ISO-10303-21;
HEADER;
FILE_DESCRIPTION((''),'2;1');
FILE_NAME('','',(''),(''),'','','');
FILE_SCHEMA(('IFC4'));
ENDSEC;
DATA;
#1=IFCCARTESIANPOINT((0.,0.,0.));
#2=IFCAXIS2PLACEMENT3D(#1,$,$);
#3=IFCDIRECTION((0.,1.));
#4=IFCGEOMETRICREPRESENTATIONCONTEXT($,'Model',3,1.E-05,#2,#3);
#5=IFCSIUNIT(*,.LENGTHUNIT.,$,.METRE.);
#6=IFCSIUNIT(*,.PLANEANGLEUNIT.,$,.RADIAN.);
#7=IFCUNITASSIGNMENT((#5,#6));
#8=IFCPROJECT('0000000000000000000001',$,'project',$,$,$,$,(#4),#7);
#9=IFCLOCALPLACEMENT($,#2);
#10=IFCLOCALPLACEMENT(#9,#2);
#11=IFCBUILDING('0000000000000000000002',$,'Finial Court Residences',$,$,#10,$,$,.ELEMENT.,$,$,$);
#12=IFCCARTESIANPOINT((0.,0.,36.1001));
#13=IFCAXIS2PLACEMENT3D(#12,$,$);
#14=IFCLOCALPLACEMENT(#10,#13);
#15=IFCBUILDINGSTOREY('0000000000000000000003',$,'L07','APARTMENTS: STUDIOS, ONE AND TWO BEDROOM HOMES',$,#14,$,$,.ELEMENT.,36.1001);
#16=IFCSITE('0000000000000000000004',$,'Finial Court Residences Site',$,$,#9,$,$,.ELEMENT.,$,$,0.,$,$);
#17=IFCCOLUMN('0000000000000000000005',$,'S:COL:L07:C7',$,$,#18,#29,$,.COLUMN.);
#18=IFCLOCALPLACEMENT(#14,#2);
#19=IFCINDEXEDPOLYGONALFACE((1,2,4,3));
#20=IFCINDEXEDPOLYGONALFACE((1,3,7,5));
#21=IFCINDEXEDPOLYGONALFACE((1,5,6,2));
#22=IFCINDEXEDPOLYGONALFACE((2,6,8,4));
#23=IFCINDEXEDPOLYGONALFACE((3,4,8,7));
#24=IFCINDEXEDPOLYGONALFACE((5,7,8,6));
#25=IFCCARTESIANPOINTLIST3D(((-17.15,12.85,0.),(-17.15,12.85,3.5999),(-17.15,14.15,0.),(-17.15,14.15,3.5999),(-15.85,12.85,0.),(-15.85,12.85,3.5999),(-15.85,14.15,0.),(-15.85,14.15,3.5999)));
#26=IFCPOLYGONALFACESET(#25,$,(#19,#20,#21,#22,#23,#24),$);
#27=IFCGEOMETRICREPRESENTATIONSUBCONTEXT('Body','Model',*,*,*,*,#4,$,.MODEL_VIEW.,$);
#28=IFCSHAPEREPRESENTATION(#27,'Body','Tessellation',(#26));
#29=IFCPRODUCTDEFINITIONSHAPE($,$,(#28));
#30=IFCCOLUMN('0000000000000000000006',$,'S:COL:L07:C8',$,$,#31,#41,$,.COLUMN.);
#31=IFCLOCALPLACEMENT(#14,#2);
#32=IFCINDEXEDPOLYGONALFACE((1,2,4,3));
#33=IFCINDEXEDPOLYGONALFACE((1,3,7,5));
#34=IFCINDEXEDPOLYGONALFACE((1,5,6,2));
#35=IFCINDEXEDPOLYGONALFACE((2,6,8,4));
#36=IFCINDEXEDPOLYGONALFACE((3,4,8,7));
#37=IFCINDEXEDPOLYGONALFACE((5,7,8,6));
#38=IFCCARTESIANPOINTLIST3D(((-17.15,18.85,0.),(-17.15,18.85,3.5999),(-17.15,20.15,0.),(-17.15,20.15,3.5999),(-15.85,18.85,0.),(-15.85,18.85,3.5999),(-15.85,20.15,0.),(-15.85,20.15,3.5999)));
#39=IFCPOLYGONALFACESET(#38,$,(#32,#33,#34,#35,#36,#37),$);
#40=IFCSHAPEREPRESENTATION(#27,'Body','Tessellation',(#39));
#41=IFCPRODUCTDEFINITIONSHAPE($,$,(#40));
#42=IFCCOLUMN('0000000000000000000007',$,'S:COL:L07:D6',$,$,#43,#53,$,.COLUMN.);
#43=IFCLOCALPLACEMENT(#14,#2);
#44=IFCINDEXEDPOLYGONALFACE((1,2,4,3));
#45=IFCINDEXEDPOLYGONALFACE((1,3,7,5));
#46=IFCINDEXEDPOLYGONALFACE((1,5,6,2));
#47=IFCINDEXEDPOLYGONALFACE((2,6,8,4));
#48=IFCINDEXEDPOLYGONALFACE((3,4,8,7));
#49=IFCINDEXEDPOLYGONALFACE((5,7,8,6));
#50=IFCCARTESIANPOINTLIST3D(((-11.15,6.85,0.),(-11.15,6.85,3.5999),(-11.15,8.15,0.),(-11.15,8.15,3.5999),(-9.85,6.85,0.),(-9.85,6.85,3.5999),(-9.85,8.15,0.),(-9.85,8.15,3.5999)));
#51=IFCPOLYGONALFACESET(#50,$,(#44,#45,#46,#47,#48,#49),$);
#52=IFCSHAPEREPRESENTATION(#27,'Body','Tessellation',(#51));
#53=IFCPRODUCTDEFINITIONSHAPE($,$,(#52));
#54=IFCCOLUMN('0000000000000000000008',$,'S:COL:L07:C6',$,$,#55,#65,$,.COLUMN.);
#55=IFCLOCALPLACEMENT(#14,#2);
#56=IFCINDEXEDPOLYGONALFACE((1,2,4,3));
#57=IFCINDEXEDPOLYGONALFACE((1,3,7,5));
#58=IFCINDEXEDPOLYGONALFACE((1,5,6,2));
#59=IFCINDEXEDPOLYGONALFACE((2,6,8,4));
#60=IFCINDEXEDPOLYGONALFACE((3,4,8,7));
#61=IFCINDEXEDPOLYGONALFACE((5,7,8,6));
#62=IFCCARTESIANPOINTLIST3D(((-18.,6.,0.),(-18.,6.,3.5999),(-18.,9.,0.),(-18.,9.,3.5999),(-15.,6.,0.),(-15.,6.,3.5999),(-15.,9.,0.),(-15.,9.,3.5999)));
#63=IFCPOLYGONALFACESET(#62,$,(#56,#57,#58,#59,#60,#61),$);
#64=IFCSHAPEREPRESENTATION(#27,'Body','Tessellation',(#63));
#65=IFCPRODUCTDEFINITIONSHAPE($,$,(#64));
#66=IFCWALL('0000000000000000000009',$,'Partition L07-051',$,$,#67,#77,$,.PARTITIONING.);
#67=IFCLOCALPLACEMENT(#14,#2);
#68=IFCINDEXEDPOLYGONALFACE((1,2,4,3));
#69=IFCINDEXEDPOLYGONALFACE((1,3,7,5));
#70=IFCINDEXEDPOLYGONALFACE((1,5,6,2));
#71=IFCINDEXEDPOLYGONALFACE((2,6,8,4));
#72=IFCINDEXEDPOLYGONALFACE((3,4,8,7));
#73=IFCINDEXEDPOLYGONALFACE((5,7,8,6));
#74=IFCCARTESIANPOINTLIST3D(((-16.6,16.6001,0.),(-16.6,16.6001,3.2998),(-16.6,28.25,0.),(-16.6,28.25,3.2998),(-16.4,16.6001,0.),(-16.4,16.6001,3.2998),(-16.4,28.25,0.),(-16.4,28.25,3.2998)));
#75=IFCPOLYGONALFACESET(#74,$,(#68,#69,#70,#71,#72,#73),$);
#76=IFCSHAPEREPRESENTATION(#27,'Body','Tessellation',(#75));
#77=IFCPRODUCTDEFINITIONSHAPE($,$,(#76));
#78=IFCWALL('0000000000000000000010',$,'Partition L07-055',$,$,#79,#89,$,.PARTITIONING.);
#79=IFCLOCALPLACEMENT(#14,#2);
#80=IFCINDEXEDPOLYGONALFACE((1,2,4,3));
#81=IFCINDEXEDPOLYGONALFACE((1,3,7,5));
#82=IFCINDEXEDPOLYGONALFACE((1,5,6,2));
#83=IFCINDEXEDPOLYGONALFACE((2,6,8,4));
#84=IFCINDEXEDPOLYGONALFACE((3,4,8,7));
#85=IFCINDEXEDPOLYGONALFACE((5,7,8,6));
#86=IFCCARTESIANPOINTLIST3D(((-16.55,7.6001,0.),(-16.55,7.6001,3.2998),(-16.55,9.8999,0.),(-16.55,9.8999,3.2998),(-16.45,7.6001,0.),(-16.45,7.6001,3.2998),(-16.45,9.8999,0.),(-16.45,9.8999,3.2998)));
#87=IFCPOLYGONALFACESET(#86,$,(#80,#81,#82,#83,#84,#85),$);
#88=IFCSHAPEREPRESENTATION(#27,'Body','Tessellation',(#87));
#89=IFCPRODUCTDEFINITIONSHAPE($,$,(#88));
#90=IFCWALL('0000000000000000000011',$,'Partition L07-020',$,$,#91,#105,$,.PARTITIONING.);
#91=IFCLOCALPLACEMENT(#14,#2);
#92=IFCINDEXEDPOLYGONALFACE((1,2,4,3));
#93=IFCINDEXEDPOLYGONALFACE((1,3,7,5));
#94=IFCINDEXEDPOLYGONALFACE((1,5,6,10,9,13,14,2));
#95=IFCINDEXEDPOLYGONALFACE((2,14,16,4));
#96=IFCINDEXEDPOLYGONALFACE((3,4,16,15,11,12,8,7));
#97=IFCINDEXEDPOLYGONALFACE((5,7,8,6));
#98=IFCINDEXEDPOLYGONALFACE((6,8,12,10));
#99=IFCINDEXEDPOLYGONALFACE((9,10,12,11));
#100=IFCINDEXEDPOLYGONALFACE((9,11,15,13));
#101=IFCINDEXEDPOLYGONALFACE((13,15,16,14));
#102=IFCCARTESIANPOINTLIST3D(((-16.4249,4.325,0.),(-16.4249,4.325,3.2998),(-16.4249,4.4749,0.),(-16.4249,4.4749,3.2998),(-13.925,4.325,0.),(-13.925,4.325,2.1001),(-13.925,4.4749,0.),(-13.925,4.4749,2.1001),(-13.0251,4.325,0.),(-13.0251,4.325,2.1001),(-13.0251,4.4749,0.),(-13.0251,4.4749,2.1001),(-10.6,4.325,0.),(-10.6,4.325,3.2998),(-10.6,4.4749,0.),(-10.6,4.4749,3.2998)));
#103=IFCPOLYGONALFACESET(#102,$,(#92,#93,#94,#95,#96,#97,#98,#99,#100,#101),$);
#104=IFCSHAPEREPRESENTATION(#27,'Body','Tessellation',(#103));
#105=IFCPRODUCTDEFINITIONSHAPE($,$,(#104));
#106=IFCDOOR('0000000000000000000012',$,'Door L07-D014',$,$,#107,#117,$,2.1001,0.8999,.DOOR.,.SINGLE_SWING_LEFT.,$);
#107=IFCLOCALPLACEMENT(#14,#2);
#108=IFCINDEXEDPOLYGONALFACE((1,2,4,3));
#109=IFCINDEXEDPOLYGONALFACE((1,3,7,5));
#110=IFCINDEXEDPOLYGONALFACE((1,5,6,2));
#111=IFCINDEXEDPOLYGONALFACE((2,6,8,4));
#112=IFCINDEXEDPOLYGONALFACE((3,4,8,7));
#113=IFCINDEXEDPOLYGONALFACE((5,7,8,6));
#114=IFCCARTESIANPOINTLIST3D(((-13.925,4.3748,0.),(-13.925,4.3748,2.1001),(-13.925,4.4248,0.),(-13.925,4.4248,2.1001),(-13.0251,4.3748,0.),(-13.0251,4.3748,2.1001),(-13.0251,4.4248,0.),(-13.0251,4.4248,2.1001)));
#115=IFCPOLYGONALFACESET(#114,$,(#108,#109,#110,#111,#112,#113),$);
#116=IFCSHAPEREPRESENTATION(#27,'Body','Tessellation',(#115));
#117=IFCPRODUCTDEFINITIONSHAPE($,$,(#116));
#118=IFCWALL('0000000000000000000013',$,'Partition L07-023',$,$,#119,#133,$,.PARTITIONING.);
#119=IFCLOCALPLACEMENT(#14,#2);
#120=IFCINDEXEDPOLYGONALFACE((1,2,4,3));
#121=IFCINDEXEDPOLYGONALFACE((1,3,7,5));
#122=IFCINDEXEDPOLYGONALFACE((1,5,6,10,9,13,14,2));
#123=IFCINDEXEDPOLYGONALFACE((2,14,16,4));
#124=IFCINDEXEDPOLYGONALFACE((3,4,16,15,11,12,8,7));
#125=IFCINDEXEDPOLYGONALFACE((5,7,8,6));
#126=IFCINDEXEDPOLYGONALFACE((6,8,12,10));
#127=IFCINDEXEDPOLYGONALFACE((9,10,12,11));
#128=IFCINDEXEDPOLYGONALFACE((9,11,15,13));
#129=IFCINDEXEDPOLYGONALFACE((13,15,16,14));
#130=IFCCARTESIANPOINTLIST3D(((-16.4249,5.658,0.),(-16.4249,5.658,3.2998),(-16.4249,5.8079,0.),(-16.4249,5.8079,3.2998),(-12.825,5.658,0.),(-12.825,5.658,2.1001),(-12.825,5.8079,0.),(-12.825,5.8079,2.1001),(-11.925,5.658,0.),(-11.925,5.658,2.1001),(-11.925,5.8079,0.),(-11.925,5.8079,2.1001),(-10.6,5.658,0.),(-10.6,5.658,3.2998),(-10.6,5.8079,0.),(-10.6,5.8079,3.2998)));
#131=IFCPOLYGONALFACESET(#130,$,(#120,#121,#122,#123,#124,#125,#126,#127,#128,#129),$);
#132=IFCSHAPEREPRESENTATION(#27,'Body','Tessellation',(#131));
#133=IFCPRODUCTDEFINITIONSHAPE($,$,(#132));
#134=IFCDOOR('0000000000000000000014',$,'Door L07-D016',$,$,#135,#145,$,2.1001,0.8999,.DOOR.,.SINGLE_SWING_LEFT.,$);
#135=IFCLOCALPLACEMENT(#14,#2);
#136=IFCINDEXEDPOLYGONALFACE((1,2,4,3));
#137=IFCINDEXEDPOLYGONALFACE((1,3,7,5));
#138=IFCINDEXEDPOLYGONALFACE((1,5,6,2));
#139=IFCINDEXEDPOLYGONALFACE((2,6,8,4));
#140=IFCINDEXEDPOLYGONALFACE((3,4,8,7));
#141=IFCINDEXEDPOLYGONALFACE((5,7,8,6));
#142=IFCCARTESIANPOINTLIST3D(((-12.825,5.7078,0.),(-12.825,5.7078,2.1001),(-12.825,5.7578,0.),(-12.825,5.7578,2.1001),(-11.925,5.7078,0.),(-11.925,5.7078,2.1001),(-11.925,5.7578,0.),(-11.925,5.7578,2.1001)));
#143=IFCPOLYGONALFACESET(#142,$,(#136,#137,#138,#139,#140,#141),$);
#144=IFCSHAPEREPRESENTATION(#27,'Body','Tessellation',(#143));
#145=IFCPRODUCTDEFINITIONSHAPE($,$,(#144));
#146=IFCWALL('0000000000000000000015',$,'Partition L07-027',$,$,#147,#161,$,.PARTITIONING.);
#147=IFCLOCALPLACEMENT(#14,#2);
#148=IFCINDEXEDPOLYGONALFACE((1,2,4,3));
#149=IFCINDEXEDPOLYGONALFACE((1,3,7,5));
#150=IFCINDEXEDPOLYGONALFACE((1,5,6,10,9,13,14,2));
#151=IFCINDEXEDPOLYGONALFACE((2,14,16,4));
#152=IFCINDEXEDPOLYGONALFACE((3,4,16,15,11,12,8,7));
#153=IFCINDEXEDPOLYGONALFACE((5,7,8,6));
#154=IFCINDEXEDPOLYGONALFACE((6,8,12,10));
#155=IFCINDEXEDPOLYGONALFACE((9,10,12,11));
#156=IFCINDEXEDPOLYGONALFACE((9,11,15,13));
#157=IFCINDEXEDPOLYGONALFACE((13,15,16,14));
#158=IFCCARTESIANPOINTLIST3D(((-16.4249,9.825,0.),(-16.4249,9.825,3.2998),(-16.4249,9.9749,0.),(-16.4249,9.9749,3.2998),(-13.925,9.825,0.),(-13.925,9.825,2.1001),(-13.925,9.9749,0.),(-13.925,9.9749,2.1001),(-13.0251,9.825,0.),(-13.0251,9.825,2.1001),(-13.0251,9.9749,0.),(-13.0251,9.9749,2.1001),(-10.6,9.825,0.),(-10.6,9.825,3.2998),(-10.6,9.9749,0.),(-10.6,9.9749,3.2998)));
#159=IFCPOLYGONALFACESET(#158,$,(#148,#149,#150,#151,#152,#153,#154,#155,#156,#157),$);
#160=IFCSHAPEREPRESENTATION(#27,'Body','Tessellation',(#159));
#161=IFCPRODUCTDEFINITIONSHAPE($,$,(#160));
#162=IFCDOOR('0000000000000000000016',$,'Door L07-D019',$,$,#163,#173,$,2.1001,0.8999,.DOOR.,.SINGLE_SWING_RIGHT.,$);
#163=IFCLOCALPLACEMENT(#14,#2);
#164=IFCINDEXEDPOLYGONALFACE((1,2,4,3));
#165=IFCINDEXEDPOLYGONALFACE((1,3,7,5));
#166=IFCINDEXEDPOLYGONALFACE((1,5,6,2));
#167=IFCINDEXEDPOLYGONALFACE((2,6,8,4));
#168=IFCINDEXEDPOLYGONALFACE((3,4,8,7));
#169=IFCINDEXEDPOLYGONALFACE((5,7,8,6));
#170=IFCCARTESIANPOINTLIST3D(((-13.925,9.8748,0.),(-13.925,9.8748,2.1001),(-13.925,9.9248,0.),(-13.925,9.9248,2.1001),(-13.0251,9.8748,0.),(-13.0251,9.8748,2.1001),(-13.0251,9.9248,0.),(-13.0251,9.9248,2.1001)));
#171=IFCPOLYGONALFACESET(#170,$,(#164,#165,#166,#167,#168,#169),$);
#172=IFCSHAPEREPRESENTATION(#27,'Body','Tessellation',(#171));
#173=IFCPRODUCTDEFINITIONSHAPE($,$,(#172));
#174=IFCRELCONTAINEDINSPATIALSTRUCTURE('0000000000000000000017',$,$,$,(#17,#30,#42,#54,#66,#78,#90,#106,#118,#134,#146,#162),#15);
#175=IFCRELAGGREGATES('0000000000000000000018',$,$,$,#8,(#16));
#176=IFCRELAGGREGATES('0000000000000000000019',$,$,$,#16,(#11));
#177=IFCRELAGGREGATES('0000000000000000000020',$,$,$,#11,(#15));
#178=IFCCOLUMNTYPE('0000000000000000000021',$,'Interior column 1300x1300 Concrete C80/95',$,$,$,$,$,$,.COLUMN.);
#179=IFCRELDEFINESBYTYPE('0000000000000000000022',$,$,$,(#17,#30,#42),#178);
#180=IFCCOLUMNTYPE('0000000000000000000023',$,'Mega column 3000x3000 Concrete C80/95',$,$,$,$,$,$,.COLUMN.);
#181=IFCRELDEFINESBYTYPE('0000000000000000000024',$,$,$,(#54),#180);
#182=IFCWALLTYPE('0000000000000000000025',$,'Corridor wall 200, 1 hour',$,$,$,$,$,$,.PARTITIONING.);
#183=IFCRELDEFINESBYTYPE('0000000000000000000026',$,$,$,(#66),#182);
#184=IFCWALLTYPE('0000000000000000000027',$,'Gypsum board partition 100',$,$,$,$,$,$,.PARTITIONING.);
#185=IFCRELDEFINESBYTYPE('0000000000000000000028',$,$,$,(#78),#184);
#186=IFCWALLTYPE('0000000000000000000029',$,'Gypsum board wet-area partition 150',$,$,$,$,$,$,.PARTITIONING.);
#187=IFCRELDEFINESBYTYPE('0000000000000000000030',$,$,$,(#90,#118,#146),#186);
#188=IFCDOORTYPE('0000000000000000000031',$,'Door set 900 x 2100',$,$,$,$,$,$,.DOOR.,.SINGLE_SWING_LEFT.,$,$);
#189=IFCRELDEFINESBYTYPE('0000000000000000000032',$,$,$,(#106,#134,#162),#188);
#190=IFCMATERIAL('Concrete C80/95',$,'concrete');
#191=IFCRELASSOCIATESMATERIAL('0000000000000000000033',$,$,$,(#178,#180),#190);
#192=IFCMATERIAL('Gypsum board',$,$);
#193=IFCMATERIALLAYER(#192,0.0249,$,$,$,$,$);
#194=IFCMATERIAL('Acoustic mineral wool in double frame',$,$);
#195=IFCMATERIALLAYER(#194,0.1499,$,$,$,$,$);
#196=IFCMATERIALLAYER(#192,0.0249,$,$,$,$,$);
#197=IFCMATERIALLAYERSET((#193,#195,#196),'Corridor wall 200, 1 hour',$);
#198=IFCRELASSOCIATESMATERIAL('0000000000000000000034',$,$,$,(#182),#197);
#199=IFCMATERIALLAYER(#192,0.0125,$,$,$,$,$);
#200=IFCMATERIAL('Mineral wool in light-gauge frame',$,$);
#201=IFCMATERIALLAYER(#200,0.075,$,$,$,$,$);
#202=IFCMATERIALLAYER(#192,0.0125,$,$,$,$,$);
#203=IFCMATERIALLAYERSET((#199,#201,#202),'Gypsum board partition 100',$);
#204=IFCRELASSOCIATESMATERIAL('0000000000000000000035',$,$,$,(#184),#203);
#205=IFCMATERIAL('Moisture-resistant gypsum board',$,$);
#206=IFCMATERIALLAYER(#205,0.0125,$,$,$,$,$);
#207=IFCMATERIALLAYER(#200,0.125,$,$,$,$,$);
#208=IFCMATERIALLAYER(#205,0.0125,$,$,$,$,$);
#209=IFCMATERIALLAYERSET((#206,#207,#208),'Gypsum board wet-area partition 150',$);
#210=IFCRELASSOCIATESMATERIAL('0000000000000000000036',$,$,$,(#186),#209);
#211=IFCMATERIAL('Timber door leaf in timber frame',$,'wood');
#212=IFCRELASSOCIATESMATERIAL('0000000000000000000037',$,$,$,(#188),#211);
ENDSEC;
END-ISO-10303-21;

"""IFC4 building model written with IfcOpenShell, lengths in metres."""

from ifc_helpers import new_model, si_unit, direction, frame, frame_2d, origin, origin_2d, place, context, subcontext, project, spatial, rectangle, extrude, material, layer, layer_set, material_profile, profile_set, type_object, element, fill, save


model = new_model("IFC4")

# Units and contexts
model_context = context("Model", 3, precision=1e-05, world=origin(), true_north=direction((0.0, 1.0)))
body_context = subcontext(model_context, "Body", "Model", "MODEL_VIEW")
ifc_project = project(units=[si_unit("LENGTHUNIT", "METRE"), si_unit("PLANEANGLEUNIT", "RADIAN")], contexts=[model_context])

# Site, building, storey
site_placement = place(None, origin())
site = spatial("IfcSite", under=ifc_project, at=site_placement, Name="Finial Court Residences Site", CompositionType="ELEMENT", RefElevation=0.0)
building_placement = place(site_placement, origin())
building = spatial("IfcBuilding", under=site, at=building_placement, Name="Finial Court Residences", CompositionType="ELEMENT")
storey_placement = place(building_placement, frame((0.0, 0.0, 36.1001)))
storey = spatial("IfcBuildingStorey", under=building, at=storey_placement, Name="L07", Description="APARTMENTS: STUDIOS, ONE AND TWO BEDROOM HOMES", CompositionType="ELEMENT", Elevation=36.1001)

# Columns
ifc_material_1 = material(Name="Concrete C80/95", Category="concrete")
ifc_material_profile_1 = material_profile(ifc_material_1, rectangle(XDim=1.3, YDim=1.3, at=origin_2d()), Name="1300x1300")
ifc_profile_set_1 = profile_set([ifc_material_profile_1], Name="Concrete C80/95")
column_type_1 = type_object("IfcColumnType", Name="Interior column 1300x1300 Concrete C80/95", PredefinedType="COLUMN", material=ifc_profile_set_1)
for number, where, z_axis, x_axis, name in (
    (1, (-16.5, 13.5, 0.0), (0.0, 0.0, 1.0), (1.0, 0.0, 0.0), "S:COL:L07:C7"),
    (2, (-16.5, 19.5, 0.0), (0.0, 0.0, 1.0), (1.0, 0.0, 0.0), "S:COL:L07:C8"),
    (3, (-10.5, 7.5, 0.0), (0.0, 0.0, 1.0), (1.0, 0.0, 0.0), "S:COL:L07:D6"),
):
    element("IfcColumn", number, at=place(storey_placement, frame(where, z_axis=z_axis, x_axis=x_axis)), inside=storey, type_object=column_type_1, Name=name, PredefinedType="COLUMN", context=body_context, shape_type="SweptSolid", body=[
        extrude(rectangle(XDim=1.3, YDim=1.3, at=origin_2d()), origin(), (0.0, 0.0, 1.0), 3.5999),
    ])
ifc_material_profile_2 = material_profile(ifc_material_1, rectangle(XDim=3.0, YDim=3.0, at=origin_2d()), Name="3000x3000")
ifc_profile_set_2 = profile_set([ifc_material_profile_2], Name="Concrete C80/95")
column_type_2 = type_object("IfcColumnType", Name="Mega column 3000x3000 Concrete C80/95", PredefinedType="COLUMN", material=ifc_profile_set_2)
column_placement = place(storey_placement, frame((-16.5, 7.5, 0.0), z_axis=(0.0, 0.0, 1.0), x_axis=(1.0, 0.0, 0.0)))
element("IfcColumn", 4, at=column_placement, inside=storey, type_object=column_type_2, Name="S:COL:L07:C6", PredefinedType="COLUMN", context=body_context, shape_type="SweptSolid", body=[
    extrude(rectangle(XDim=3.0, YDim=3.0, at=origin_2d()), origin(), (0.0, 0.0, 1.0), 3.5999),
])

# Walls
ifc_material_2 = material(Name="Gypsum board")
ifc_layer_1 = layer(ifc_material_2, 0.0249)
ifc_material_3 = material(Name="Acoustic mineral wool in double frame")
ifc_layer_2 = layer(ifc_material_3, 0.1499)
ifc_layer_3 = layer(ifc_material_2, 0.0249)
ifc_layer_set_1 = layer_set([ifc_layer_1, ifc_layer_2, ifc_layer_3], Name="Corridor wall 200, 1 hour")
wall_type_1 = type_object("IfcWallType", Name="Corridor wall 200, 1 hour", PredefinedType="PARTITIONING", material=ifc_layer_set_1)
wall_1_placement = place(storey_placement, frame((-16.5, 16.6001, 0.0), z_axis=(0.0, 0.0, 1.0), x_axis=(0.0, 1.0, 0.0)))
element("IfcWall", 5, at=wall_1_placement, inside=storey, type_object=wall_type_1, Name="Partition L07-051", PredefinedType="PARTITIONING", context=body_context, shape_type="SweptSolid", body=[
    extrude(rectangle(XDim=11.6499, YDim=0.2, at=frame_2d((5.825, 0.0))), origin(), (0.0, 0.0, 1.0), 3.2998),
])
ifc_layer_4 = layer(ifc_material_2, 0.0125)
ifc_material_4 = material(Name="Mineral wool in light-gauge frame")
ifc_layer_5 = layer(ifc_material_4, 0.075)
ifc_layer_6 = layer(ifc_material_2, 0.0125)
ifc_layer_set_2 = layer_set([ifc_layer_4, ifc_layer_5, ifc_layer_6], Name="Gypsum board partition 100")
wall_type_2 = type_object("IfcWallType", Name="Gypsum board partition 100", PredefinedType="PARTITIONING", material=ifc_layer_set_2)
wall_2_placement = place(storey_placement, frame((-16.5, 7.6001, 0.0), z_axis=(0.0, 0.0, 1.0), x_axis=(0.0, 1.0, 0.0)))
element("IfcWall", 6, at=wall_2_placement, inside=storey, type_object=wall_type_2, Name="Partition L07-055", PredefinedType="PARTITIONING", context=body_context, shape_type="SweptSolid", body=[
    extrude(rectangle(XDim=2.2998, YDim=0.1001, at=frame_2d((1.1499, 0.0))), origin(), (0.0, 0.0, 1.0), 3.2998),
])

# Walls, openings, doors
ifc_material_5 = material(Name="Moisture-resistant gypsum board")
ifc_layer_7 = layer(ifc_material_5, 0.0125)
ifc_layer_8 = layer(ifc_material_4, 0.125)
ifc_layer_9 = layer(ifc_material_5, 0.0125)
ifc_layer_set_3 = layer_set([ifc_layer_7, ifc_layer_8, ifc_layer_9], Name="Gypsum board wet-area partition 150")
wall_type_3 = type_object("IfcWallType", Name="Gypsum board wet-area partition 150", PredefinedType="PARTITIONING", material=ifc_layer_set_3)
wall_3_placement = place(storey_placement, frame((-16.425, 4.3999, 0.0), z_axis=(0.0, 0.0, 1.0), x_axis=(1.0, 0.0, 0.0)))
wall_3 = element("IfcWall", 7, at=wall_3_placement, inside=storey, type_object=wall_type_3, Name="Partition L07-020", PredefinedType="PARTITIONING", context=body_context, shape_type="SweptSolid", body=[
    extrude(rectangle(XDim=5.825, YDim=0.1499, at=frame_2d((2.9126, 0.0))), origin(), (0.0, 0.0, 1.0), 3.2998),
])
opening_1_placement = place(wall_3_placement, frame((2.5, 0.0, 0.0)))
opening_1 = element("IfcOpeningElement", 8, at=opening_1_placement, cuts=wall_3, PredefinedType="OPENING", context=body_context, shape_type="SweptSolid", body=[
    extrude(rectangle(XDim=0.8999, YDim=2.1001, at=frame_2d((0.45, 1.05))), frame((0.0, 0.085, 0.0), z_axis=(0.0, -1.0, 0.0), x_axis=(1.0, 0.0, 0.0)), (0.0, 0.0, 1.0), 0.1699),
])
ifc_material_6 = material(Name="Timber door leaf in timber frame", Category="wood")
door_type = type_object("IfcDoorType", Name="Door set 900 x 2100", OperationType="SINGLE_SWING_LEFT", PredefinedType="DOOR", material=ifc_material_6)
door_1_placement = place(opening_1_placement, origin())
door_1 = element("IfcDoor", 9, at=door_1_placement, inside=storey, type_object=door_type, Name="Door L07-D014", OperationType="SINGLE_SWING_LEFT", OverallHeight=2.1001, OverallWidth=0.8999, PredefinedType="DOOR", context=body_context, shape_type="SweptSolid", body=[
    extrude(rectangle(XDim=0.8999, YDim=2.1001, at=frame_2d((0.45, 1.05))), frame((0.0, 0.0249, 0.0), z_axis=(0.0, -1.0, 0.0), x_axis=(1.0, 0.0, 0.0)), (0.0, 0.0, 1.0), 0.05),
])
fill(opening_1, door_1)
wall_4_placement = place(storey_placement, frame((-16.425, 5.7329, 0.0), z_axis=(0.0, 0.0, 1.0), x_axis=(1.0, 0.0, 0.0)))
wall_4 = element("IfcWall", 10, at=wall_4_placement, inside=storey, type_object=wall_type_3, Name="Partition L07-023", PredefinedType="PARTITIONING", context=body_context, shape_type="SweptSolid", body=[
    extrude(rectangle(XDim=5.825, YDim=0.1499, at=frame_2d((2.9126, 0.0))), origin(), (0.0, 0.0, 1.0), 3.2998),
])
opening_2_placement = place(wall_4_placement, frame((3.6001, 0.0, 0.0)))
opening_2 = element("IfcOpeningElement", 11, at=opening_2_placement, cuts=wall_4, PredefinedType="OPENING", context=body_context, shape_type="SweptSolid", body=[
    extrude(rectangle(XDim=0.8999, YDim=2.1001, at=frame_2d((0.45, 1.05))), frame((0.0, 0.085, 0.0), z_axis=(0.0, -1.0, 0.0), x_axis=(1.0, 0.0, 0.0)), (0.0, 0.0, 1.0), 0.1699),
])
door_2_placement = place(opening_2_placement, origin())
door_2 = element("IfcDoor", 12, at=door_2_placement, inside=storey, type_object=door_type, Name="Door L07-D016", OperationType="SINGLE_SWING_LEFT", OverallHeight=2.1001, OverallWidth=0.8999, PredefinedType="DOOR", context=body_context, shape_type="SweptSolid", body=[
    extrude(rectangle(XDim=0.8999, YDim=2.1001, at=frame_2d((0.45, 1.05))), frame((0.0, 0.0249, 0.0), z_axis=(0.0, -1.0, 0.0), x_axis=(1.0, 0.0, 0.0)), (0.0, 0.0, 1.0), 0.05),
])
fill(opening_2, door_2)
wall_5_placement = place(storey_placement, frame((-16.425, 9.8999, 0.0), z_axis=(0.0, 0.0, 1.0), x_axis=(1.0, 0.0, 0.0)))
wall_5 = element("IfcWall", 13, at=wall_5_placement, inside=storey, type_object=wall_type_3, Name="Partition L07-027", PredefinedType="PARTITIONING", context=body_context, shape_type="SweptSolid", body=[
    extrude(rectangle(XDim=5.825, YDim=0.1499, at=frame_2d((2.9126, 0.0))), origin(), (0.0, 0.0, 1.0), 3.2998),
])
opening_3_placement = place(wall_5_placement, frame((2.5, 0.0, 0.0)))
opening_3 = element("IfcOpeningElement", 14, at=opening_3_placement, cuts=wall_5, PredefinedType="OPENING", context=body_context, shape_type="SweptSolid", body=[
    extrude(rectangle(XDim=0.8999, YDim=2.1001, at=frame_2d((0.45, 1.05))), frame((0.0, 0.085, 0.0), z_axis=(0.0, -1.0, 0.0), x_axis=(1.0, 0.0, 0.0)), (0.0, 0.0, 1.0), 0.1699),
])
door_3_placement = place(opening_3_placement, origin())
door_3 = element("IfcDoor", 15, at=door_3_placement, inside=storey, type_object=door_type, Name="Door L07-D019", OperationType="SINGLE_SWING_RIGHT", OverallHeight=2.1001, OverallWidth=0.8999, PredefinedType="DOOR", context=body_context, shape_type="SweptSolid", body=[
    extrude(rectangle(XDim=0.8999, YDim=2.1001, at=frame_2d((0.45, 1.05))), frame((0.0, 0.0249, 0.0), z_axis=(0.0, -1.0, 0.0), x_axis=(1.0, 0.0, 0.0)), (0.0, 0.0, 1.0), 0.05),
])
fill(opening_3, door_3)

save(model, "model.ifc")
